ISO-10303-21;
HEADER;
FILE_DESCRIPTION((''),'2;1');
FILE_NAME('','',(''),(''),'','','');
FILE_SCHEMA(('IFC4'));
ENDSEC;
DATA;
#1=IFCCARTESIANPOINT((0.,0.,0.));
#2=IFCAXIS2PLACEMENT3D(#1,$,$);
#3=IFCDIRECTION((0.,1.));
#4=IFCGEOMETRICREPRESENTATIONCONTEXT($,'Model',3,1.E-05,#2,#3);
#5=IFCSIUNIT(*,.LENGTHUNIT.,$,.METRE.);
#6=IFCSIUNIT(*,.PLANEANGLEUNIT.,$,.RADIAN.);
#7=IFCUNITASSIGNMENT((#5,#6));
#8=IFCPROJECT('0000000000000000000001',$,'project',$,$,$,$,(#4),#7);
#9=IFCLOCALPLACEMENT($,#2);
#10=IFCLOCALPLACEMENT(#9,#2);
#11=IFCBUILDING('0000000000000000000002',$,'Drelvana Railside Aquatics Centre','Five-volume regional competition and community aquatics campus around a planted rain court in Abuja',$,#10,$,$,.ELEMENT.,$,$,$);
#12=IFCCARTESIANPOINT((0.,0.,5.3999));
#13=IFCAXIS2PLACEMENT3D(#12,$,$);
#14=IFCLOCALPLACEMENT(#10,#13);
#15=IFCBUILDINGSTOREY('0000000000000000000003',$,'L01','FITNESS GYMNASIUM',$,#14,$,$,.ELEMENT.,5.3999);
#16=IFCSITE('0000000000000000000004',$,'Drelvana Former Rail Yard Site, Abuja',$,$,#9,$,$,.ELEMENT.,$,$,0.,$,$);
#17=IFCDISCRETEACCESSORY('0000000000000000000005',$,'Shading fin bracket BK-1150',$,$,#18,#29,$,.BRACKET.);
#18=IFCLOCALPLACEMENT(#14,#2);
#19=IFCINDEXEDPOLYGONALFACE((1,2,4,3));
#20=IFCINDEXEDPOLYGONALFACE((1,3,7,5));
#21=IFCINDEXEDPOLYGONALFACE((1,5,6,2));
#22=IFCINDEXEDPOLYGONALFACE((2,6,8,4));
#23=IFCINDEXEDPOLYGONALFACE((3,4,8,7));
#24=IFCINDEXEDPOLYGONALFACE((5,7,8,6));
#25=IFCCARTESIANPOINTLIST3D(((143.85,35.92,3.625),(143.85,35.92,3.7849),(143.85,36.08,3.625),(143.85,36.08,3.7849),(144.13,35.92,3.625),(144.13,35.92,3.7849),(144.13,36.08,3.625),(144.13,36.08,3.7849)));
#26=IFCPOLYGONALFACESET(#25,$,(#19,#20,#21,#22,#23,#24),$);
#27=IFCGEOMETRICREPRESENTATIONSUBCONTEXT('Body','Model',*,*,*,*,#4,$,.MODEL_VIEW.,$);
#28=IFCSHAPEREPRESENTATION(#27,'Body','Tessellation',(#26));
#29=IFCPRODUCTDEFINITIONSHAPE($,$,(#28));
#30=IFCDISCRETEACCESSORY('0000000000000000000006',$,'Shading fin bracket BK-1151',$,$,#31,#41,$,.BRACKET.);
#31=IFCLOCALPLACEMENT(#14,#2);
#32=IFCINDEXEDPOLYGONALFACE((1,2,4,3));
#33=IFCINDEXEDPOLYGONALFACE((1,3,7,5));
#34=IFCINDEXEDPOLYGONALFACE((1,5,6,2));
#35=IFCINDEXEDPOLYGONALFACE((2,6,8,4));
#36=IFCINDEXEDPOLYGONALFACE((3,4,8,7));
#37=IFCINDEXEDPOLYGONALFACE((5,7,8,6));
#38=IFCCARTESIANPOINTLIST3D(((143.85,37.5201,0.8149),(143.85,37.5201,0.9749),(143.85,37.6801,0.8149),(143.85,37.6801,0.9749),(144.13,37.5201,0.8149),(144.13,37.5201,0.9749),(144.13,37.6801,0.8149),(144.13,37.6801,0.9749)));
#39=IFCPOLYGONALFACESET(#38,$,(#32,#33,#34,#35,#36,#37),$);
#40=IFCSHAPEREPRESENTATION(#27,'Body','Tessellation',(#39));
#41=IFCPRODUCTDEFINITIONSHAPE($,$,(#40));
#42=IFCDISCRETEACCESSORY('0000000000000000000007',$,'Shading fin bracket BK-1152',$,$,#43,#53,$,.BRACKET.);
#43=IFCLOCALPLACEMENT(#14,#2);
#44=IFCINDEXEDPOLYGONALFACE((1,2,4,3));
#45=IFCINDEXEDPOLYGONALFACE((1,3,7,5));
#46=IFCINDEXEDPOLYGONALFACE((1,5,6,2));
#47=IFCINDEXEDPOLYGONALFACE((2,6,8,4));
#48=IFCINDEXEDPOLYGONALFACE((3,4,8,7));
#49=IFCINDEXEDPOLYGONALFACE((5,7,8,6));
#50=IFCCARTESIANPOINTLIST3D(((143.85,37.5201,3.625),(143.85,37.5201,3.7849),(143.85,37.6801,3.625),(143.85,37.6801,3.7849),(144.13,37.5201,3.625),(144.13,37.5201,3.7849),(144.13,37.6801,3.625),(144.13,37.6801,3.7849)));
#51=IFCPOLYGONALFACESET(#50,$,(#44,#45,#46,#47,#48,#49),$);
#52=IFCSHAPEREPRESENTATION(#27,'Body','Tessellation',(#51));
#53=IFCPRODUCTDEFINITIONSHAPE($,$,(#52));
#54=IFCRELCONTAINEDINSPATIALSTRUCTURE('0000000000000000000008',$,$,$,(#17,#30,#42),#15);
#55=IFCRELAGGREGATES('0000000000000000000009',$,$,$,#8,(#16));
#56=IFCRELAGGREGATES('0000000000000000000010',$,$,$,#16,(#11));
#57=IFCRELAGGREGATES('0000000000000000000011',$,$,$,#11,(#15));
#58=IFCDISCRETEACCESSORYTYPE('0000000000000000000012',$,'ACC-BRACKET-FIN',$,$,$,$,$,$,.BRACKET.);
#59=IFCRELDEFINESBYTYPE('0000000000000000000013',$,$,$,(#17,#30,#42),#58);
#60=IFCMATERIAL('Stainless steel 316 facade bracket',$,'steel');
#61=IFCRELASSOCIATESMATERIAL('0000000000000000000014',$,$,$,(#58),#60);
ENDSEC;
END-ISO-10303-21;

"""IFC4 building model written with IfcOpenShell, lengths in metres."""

from ifc_helpers import new_model, si_unit, direction, frame, origin, origin_2d, place, context, subcontext, project, spatial, rectangle, extrude, material, type_object, element, save


model = new_model("IFC4")

# Units and contexts
model_context = context("Model", 3, precision=1e-05, world=origin(), true_north=direction((0.0, 1.0)))
body_context = subcontext(model_context, "Body", "Model", "MODEL_VIEW")
ifc_project = project(units=[si_unit("LENGTHUNIT", "METRE"), si_unit("PLANEANGLEUNIT", "RADIAN")], contexts=[model_context])

# Site, building, storey
site_placement = place(None, origin())
site = spatial("IfcSite", under=ifc_project, at=site_placement, Name="Drelvana Former Rail Yard Site, Abuja", CompositionType="ELEMENT", RefElevation=0.0)
building_placement = place(site_placement, origin())
building = spatial("IfcBuilding", under=site, at=building_placement, Name="Drelvana Railside Aquatics Centre", Description="Five-volume regional competition and community aquatics campus around a planted rain court in Abuja", CompositionType="ELEMENT")
storey_placement = place(building_placement, frame((0.0, 0.0, 5.3999)))
storey = spatial("IfcBuildingStorey", under=building, at=storey_placement, Name="L01", Description="FITNESS GYMNASIUM", CompositionType="ELEMENT", Elevation=5.3999)

# Discrete accessories
ifc_material_1 = material(Name="Stainless steel 316 facade bracket", Category="steel")
discrete_accessory_type = type_object("IfcDiscreteAccessoryType", Name="ACC-BRACKET-FIN", PredefinedType="BRACKET", material=ifc_material_1)
for number, where, z_axis, x_axis, name in (
    (1, (143.99, 36.0, 3.625), (0.0, 0.0, 1.0), (-1.0, 0.0, 0.0), "Shading fin bracket BK-1150"),
    (2, (143.99, 37.6001, 0.8149), (0.0, 0.0, 1.0), (-1.0, 0.0, 0.0), "Shading fin bracket BK-1151"),
    (3, (143.99, 37.6001, 3.625), (0.0, 0.0, 1.0), (-1.0, 0.0, 0.0), "Shading fin bracket BK-1152"),
):
    element("IfcDiscreteAccessory", number, at=place(storey_placement, frame(where, z_axis=z_axis, x_axis=x_axis)), inside=storey, type_object=discrete_accessory_type, Name=name, PredefinedType="BRACKET", context=body_context, shape_type="SweptSolid", body=[
        extrude(rectangle(XDim=0.28, YDim=0.1599, at=origin_2d()), origin(), (0.0, 0.0, 1.0), 0.1599),
    ])

save(model, "model.ifc")
